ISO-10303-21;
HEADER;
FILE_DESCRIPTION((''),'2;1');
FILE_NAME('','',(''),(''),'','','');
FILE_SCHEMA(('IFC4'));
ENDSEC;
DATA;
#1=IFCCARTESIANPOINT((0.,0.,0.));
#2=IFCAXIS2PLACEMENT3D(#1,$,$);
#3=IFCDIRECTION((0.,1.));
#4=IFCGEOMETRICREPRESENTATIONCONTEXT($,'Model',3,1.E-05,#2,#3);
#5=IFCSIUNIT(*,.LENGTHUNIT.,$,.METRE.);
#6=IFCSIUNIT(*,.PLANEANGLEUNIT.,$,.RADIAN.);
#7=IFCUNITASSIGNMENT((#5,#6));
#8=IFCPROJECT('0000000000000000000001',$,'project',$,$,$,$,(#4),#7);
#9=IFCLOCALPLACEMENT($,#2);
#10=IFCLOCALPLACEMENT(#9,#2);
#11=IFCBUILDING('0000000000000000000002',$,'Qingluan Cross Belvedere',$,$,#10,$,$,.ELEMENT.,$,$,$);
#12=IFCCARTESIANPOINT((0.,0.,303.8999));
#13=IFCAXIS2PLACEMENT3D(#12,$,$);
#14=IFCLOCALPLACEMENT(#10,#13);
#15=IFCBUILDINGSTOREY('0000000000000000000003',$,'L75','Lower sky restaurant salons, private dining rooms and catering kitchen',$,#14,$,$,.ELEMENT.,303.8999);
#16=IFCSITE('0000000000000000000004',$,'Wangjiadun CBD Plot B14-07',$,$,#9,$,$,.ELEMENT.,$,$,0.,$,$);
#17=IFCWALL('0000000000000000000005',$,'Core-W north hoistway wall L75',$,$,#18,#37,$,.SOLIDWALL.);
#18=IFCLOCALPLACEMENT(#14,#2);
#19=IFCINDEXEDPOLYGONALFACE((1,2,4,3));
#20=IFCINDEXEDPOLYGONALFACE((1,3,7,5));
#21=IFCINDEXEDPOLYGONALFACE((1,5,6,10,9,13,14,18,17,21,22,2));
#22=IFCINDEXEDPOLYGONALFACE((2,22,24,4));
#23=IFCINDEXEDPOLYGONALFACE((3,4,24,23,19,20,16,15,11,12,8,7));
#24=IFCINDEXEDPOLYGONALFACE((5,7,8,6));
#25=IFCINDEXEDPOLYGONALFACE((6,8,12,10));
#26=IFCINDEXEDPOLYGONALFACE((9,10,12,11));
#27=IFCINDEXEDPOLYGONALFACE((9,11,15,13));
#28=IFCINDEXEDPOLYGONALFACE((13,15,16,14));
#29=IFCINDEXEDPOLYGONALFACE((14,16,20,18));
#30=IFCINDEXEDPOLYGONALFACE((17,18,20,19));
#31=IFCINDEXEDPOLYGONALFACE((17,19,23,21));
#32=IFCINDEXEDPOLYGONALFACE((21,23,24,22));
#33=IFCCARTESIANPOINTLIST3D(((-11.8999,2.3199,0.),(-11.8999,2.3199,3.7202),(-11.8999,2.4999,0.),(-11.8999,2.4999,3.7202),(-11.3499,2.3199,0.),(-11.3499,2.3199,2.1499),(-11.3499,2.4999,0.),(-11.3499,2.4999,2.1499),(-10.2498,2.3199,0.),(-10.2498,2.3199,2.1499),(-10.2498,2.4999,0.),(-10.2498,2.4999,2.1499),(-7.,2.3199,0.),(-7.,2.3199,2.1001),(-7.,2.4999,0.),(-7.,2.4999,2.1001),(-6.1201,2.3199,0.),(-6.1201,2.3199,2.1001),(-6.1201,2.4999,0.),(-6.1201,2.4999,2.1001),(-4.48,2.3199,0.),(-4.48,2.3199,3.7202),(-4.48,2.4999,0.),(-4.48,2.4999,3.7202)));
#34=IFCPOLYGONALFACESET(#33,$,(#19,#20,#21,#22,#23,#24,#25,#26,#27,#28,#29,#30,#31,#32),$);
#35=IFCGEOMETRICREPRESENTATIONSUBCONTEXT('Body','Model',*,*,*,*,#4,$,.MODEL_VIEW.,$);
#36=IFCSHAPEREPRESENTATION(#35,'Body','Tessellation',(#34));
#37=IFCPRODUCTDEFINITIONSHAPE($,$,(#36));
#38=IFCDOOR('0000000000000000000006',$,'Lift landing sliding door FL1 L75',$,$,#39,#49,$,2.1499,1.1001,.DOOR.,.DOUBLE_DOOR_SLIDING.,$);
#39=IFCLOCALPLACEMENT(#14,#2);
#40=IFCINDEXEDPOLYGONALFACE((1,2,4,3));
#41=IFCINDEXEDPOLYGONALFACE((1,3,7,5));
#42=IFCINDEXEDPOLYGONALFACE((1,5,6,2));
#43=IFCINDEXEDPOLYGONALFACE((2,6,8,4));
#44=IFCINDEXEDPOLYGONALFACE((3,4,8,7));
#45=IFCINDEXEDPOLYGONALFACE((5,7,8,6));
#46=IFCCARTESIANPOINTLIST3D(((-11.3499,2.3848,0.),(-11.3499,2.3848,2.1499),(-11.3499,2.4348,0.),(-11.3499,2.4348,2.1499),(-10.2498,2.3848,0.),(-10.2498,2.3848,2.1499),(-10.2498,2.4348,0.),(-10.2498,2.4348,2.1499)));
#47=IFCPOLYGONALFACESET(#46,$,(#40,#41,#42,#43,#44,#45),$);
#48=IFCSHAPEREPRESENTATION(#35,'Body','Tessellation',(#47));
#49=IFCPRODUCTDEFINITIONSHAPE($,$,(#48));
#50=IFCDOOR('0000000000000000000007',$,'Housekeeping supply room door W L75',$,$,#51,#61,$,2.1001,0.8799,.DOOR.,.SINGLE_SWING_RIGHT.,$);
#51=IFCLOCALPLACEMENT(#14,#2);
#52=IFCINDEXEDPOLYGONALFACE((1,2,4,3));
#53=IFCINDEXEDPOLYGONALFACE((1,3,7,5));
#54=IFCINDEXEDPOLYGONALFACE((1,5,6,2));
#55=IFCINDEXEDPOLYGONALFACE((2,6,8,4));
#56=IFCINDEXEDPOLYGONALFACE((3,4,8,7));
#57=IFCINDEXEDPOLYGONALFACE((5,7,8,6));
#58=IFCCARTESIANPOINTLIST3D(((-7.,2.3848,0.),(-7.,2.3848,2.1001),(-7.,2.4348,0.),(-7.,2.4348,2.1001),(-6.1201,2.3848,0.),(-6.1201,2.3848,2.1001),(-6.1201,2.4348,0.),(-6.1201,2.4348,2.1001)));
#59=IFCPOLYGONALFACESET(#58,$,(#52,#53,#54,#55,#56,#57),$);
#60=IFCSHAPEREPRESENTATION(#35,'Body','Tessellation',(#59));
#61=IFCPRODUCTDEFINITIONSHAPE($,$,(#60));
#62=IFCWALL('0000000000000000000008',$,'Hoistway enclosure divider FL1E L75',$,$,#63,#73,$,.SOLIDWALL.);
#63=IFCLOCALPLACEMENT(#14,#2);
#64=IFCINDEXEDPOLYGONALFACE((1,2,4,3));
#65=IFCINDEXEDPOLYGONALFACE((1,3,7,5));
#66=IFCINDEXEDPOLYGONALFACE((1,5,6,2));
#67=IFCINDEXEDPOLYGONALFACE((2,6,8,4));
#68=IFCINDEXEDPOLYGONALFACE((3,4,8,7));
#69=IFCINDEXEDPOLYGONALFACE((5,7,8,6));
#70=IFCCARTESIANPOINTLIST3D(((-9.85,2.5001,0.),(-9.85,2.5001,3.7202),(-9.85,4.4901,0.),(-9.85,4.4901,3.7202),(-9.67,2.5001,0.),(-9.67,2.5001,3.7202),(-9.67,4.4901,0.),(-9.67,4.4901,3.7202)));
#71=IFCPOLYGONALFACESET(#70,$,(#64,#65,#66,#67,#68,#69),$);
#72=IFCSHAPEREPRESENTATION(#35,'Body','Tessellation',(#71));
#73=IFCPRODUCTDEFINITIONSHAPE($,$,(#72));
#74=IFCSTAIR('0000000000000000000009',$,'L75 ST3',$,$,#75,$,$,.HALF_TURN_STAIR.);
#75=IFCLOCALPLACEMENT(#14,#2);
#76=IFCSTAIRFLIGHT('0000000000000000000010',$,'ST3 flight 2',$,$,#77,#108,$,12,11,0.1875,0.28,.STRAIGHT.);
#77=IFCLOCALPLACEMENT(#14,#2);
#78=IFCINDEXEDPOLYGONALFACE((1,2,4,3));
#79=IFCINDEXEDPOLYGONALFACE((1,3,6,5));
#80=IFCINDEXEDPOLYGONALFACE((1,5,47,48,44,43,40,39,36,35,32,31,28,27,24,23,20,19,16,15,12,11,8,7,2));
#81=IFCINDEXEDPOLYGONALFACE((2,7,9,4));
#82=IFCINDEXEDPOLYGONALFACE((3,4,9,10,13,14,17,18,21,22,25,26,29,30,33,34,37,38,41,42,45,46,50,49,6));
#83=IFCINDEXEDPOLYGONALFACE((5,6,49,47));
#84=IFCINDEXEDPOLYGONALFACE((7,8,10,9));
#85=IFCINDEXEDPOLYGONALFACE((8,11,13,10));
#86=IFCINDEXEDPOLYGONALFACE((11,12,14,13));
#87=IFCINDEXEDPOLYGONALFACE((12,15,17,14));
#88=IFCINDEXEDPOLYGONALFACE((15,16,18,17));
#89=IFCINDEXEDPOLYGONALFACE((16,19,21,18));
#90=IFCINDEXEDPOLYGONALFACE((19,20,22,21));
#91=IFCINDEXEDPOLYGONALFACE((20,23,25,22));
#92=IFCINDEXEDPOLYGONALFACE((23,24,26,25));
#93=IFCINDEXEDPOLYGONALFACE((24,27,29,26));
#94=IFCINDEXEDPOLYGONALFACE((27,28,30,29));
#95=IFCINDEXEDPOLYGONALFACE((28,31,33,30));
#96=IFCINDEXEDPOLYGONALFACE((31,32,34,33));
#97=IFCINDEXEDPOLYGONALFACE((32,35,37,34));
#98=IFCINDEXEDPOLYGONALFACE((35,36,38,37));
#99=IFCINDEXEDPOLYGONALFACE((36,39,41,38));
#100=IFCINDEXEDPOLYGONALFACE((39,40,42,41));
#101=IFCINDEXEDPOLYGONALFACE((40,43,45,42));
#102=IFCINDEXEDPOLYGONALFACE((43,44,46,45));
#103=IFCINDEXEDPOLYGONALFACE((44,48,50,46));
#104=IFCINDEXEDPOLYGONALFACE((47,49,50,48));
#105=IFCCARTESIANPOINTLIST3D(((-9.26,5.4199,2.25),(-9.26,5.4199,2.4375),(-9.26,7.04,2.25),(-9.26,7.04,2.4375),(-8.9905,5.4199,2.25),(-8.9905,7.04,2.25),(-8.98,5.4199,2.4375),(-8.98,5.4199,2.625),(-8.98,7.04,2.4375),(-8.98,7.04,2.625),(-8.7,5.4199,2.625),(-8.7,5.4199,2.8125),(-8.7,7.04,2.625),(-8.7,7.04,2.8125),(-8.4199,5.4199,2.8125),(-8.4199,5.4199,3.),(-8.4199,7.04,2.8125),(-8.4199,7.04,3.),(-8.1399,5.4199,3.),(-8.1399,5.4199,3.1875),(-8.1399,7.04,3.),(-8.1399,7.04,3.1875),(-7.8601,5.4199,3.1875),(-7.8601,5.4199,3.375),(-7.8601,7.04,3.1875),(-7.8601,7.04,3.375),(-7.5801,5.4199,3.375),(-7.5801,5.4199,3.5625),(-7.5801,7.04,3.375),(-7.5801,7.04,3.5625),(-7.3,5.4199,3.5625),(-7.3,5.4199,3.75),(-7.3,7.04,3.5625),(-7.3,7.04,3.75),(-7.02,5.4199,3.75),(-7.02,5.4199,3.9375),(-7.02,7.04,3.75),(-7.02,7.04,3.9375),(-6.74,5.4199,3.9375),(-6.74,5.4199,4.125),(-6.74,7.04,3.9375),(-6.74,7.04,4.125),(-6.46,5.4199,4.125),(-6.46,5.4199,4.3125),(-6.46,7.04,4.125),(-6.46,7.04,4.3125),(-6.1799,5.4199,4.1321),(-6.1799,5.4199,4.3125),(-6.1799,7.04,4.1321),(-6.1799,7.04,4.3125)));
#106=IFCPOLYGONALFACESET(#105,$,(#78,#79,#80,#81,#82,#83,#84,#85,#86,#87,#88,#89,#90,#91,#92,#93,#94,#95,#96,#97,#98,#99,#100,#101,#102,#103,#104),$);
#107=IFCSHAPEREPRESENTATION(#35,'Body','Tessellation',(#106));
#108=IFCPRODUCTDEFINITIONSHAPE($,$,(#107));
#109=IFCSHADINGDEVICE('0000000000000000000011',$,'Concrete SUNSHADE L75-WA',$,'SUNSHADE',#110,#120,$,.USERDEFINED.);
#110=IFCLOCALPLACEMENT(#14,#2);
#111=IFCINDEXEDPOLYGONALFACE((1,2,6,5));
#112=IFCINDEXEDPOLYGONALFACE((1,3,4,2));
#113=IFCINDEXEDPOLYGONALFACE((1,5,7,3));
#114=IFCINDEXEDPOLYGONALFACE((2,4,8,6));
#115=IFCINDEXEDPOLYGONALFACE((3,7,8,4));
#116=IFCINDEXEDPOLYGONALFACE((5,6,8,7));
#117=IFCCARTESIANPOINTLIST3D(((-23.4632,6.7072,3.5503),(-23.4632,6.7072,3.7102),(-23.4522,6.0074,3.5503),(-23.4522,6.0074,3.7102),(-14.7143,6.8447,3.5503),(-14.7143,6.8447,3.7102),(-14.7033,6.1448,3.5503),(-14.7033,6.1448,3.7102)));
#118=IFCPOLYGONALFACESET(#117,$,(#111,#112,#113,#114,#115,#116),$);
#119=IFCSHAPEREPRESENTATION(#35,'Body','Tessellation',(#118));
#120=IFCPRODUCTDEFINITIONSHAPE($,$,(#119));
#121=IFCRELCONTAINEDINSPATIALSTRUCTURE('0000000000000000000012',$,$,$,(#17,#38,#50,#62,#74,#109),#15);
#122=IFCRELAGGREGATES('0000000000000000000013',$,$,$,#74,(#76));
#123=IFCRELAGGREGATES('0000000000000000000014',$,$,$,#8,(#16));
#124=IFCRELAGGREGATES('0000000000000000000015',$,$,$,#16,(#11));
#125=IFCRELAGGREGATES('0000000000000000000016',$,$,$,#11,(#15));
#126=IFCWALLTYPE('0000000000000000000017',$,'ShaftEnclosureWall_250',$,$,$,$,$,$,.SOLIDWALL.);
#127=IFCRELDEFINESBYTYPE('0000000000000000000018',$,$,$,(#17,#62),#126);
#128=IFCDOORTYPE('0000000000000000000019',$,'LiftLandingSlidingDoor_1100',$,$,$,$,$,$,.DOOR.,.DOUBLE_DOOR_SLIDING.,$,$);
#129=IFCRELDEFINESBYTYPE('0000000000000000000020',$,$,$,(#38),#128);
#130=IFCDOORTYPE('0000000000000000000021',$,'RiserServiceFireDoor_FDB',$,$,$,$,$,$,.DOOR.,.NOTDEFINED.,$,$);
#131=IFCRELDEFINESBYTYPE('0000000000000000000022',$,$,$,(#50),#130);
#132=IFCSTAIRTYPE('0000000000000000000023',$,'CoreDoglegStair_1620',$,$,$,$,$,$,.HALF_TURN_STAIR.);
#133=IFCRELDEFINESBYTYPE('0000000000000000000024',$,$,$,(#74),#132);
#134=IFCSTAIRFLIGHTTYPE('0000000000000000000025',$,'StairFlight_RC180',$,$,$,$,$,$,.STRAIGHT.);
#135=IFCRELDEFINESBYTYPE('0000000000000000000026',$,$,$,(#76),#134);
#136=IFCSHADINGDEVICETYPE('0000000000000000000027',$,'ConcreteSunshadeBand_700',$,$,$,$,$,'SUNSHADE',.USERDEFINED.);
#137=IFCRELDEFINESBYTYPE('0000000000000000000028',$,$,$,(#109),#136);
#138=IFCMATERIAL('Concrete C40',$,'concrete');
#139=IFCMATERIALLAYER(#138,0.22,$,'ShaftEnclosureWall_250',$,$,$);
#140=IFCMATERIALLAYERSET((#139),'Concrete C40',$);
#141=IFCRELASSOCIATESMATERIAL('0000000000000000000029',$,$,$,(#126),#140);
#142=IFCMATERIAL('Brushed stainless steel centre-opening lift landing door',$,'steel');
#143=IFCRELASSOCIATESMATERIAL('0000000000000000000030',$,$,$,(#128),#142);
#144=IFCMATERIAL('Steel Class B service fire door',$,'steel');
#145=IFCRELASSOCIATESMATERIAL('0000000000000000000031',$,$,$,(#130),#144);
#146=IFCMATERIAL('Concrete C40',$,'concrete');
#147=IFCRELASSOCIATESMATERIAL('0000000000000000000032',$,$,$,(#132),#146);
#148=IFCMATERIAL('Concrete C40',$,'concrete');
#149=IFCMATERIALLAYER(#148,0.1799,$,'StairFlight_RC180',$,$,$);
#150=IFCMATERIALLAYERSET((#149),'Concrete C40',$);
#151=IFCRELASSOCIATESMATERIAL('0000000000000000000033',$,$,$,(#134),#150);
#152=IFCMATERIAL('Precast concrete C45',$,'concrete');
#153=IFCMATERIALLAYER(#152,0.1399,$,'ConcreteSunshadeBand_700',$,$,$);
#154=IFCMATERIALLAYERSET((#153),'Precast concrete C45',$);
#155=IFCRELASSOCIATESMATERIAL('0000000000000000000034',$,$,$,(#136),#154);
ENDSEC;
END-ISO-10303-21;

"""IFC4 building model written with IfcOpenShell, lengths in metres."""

from ifc_helpers import new_model, si_unit, direction, frame, frame_2d, origin, origin_2d, place, context, subcontext, project, spatial, polyline, rectangle, outline, extrude, material, layer, layer_set, type_object, element, fill, aggregate, save


model = new_model("IFC4")

# Units and contexts
model_context = context("Model", 3, precision=1e-05, world=origin(), true_north=direction((0.0, 1.0)))
body_context = subcontext(model_context, "Body", "Model", "MODEL_VIEW")
ifc_project = project(units=[si_unit("LENGTHUNIT", "METRE"), si_unit("PLANEANGLEUNIT", "RADIAN")], contexts=[model_context])

# Site, building, storey
site_placement = place(None, origin())
site = spatial("IfcSite", under=ifc_project, at=site_placement, Name="Wangjiadun CBD Plot B14-07", CompositionType="ELEMENT", RefElevation=0.0)
building_placement = place(site_placement, origin())
building = spatial("IfcBuilding", under=site, at=building_placement, Name="Qingluan Cross Belvedere", CompositionType="ELEMENT")
storey_placement = place(building_placement, frame((0.0, 0.0, 303.8999)))
storey = spatial("IfcBuildingStorey", under=building, at=storey_placement, Name="L75", Description="Lower sky restaurant salons, private dining rooms and catering kitchen", CompositionType="ELEMENT", Elevation=303.8999)

# Wall, openings, doors
ifc_material_1 = material(Name="Concrete C40", Category="concrete")
ifc_layer_1 = layer(ifc_material_1, 0.22, Name="ShaftEnclosureWall_250")
ifc_layer_set_1 = layer_set([ifc_layer_1], Name="Concrete C40")
wall_type_1 = type_object("IfcWallType", Name="ShaftEnclosureWall_250", PredefinedType="SOLIDWALL", material=ifc_layer_set_1)
wall_1_placement = place(storey_placement, frame((-11.8999, 2.4099, 0.0), z_axis=(0.0, 0.0, 1.0), x_axis=(1.0, 0.0, 0.0)))
wall_1 = element("IfcWall", 1, at=wall_1_placement, inside=storey, type_object=wall_type_1, Name="Core-W north hoistway wall L75", PredefinedType="SOLIDWALL", context=body_context, shape_type="SweptSolid", body=[
    extrude(rectangle(XDim=7.4199, YDim=0.1799, at=frame_2d((3.71, 0.0))), origin(), (0.0, 0.0, 1.0), 3.7202),
])
opening_1_placement = place(wall_1_placement, frame((0.55, 0.0, 0.0)))
opening_1 = element("IfcOpeningElement", 2, at=opening_1_placement, cuts=wall_1, PredefinedType="OPENING", context=body_context, shape_type="SweptSolid", body=[
    extrude(rectangle(XDim=1.1001, YDim=2.1499, at=frame_2d((0.55, 1.075))), frame((0.0, 0.0999, 0.0), z_axis=(0.0, -1.0, 0.0), x_axis=(1.0, 0.0, 0.0)), (0.0, 0.0, 1.0), 0.2),
])
opening_2_placement = place(wall_1_placement, frame((4.8999, 0.0, 0.0)))
opening_2 = element("IfcOpeningElement", 3, at=opening_2_placement, cuts=wall_1, PredefinedType="OPENING", context=body_context, shape_type="SweptSolid", body=[
    extrude(rectangle(XDim=0.8799, YDim=2.1001, at=frame_2d((0.4399, 1.05))), frame((0.0, 0.0999, 0.0), z_axis=(0.0, -1.0, 0.0), x_axis=(1.0, 0.0, 0.0)), (0.0, 0.0, 1.0), 0.2),
])
ifc_material_2 = material(Name="Brushed stainless steel centre-opening lift landing door", Category="steel")
door_type_1 = type_object("IfcDoorType", Name="LiftLandingSlidingDoor_1100", OperationType="DOUBLE_DOOR_SLIDING", PredefinedType="DOOR", material=ifc_material_2)
door_1_placement = place(opening_1_placement, origin())
door_1 = element("IfcDoor", 4, at=door_1_placement, inside=storey, type_object=door_type_1, Name="Lift landing sliding door FL1 L75", OperationType="DOUBLE_DOOR_SLIDING", OverallHeight=2.1499, OverallWidth=1.1001, PredefinedType="DOOR", context=body_context, shape_type="SweptSolid", body=[
    extrude(rectangle(XDim=1.1001, YDim=2.1499, at=frame_2d((0.55, 1.075))), frame((0.0, 0.0249, 0.0), z_axis=(0.0, -1.0, 0.0), x_axis=(1.0, 0.0, 0.0)), (0.0, 0.0, 1.0), 0.05),
])
fill(opening_1, door_1)
ifc_material_3 = material(Name="Steel Class B service fire door", Category="steel")
door_type_2 = type_object("IfcDoorType", Name="RiserServiceFireDoor_FDB", OperationType="NOTDEFINED", PredefinedType="DOOR", material=ifc_material_3)
door_2_placement = place(opening_2_placement, origin())
door_2 = element("IfcDoor", 5, at=door_2_placement, inside=storey, type_object=door_type_2, Name="Housekeeping supply room door W L75", OperationType="SINGLE_SWING_RIGHT", OverallHeight=2.1001, OverallWidth=0.8799, PredefinedType="DOOR", context=body_context, shape_type="SweptSolid", body=[
    extrude(rectangle(XDim=0.8799, YDim=2.1001, at=frame_2d((0.4399, 1.05))), frame((0.0, 0.0249, 0.0), z_axis=(0.0, -1.0, 0.0), x_axis=(1.0, 0.0, 0.0)), (0.0, 0.0, 1.0), 0.05),
])
fill(opening_2, door_2)

# Wall
wall_2_placement = place(storey_placement, frame((-9.76, 2.5, 0.0), z_axis=(0.0, 0.0, 1.0), x_axis=(0.0, 1.0, 0.0)))
element("IfcWall", 6, at=wall_2_placement, inside=storey, type_object=wall_type_1, Name="Hoistway enclosure divider FL1E L75", PredefinedType="SOLIDWALL", context=body_context, shape_type="SweptSolid", body=[
    extrude(rectangle(XDim=1.99, YDim=0.1799, at=frame_2d((0.9951, 0.0))), origin(), (0.0, 0.0, 1.0), 3.7202),
])

# Stair, stair flight
ifc_material_4 = material(Name="Concrete C40", Category="concrete")
stair_type = type_object("IfcStairType", Name="CoreDoglegStair_1620", PredefinedType="HALF_TURN_STAIR", material=ifc_material_4)
stair_placement = place(storey_placement, origin())
stair = element("IfcStair", 7, at=stair_placement, inside=storey, type_object=stair_type, Name="L75 ST3", PredefinedType="HALF_TURN_STAIR")
ifc_material_5 = material(Name="Concrete C40", Category="concrete")
ifc_layer_2 = layer(ifc_material_5, 0.1799, Name="StairFlight_RC180")
ifc_layer_set_2 = layer_set([ifc_layer_2], Name="Concrete C40")
stair_flight_type = type_object("IfcStairFlightType", Name="StairFlight_RC180", PredefinedType="STRAIGHT", material=ifc_layer_set_2)
stair_flight_placement = place(storey_placement, frame((-9.26, 6.23, 2.25), z_axis=(0.0, 0.0, 1.0), x_axis=(1.0, 0.0, 0.0)))
stair_flight = element("IfcStairFlight", 8, at=stair_flight_placement, type_object=stair_flight_type, Name="ST3 flight 2", NumberOfRisers=12, NumberOfTreads=11, PredefinedType="STRAIGHT", RiserHeight=0.1875, TreadLength=0.28, context=body_context, shape_type="SweptSolid", body=[
    extrude(outline(polyline([(0.0, 0.0), (0.0, 0.1875), (0.28, 0.1875), (0.28, 0.375), (0.5601, 0.375), (0.5601, 0.5625), (0.8401, 0.5625), (0.8401, 0.75), (1.1201, 0.75), (1.1201, 0.9375), (1.3999, 0.9375), (1.3999, 1.125), (1.6799, 1.125), (1.6799, 1.3125), (1.96, 1.3125), (1.96, 1.5), (2.24, 1.5), (2.24, 1.6875), (2.52, 1.6875), (2.52, 1.875), (2.8, 1.875), (2.8, 2.0625), (3.0801, 2.0625), (3.0801, 2.25), (3.0801, 1.8821), (0.2695, 0.0), (0.0, 0.0)])), frame((0.0, 0.8101, 0.0), z_axis=(0.0, -1.0, 0.0), x_axis=(1.0, 0.0, 0.0)), (0.0, 0.0, 1.0), 1.6201),
])
aggregate(stair, [stair_flight])

# Shading device
ifc_material_6 = material(Name="Precast concrete C45", Category="concrete")
ifc_layer_3 = layer(ifc_material_6, 0.1399, Name="ConcreteSunshadeBand_700")
ifc_layer_set_3 = layer_set([ifc_layer_3], Name="Precast concrete C45")
shading_device_type = type_object("IfcShadingDeviceType", Name="ConcreteSunshadeBand_700", ElementType="SUNSHADE", PredefinedType="USERDEFINED", material=ifc_layer_set_3)
shading_device_placement = place(storey_placement, frame((-19.0833, 6.426, 3.5503), z_axis=(0.0, 0.0, 1.0), x_axis=(-0.999877, -0.015709, 0.0)))
element("IfcShadingDevice", 9, at=shading_device_placement, inside=storey, type_object=shading_device_type, Name="Concrete SUNSHADE L75-WA", ObjectType="SUNSHADE", PredefinedType="USERDEFINED", context=body_context, shape_type="SweptSolid", body=[
    extrude(rectangle(XDim=8.75, YDim=0.7, at=origin_2d()), origin(), (0.0, 0.0, 1.0), 0.1599),
])

save(model, "model.ifc")
